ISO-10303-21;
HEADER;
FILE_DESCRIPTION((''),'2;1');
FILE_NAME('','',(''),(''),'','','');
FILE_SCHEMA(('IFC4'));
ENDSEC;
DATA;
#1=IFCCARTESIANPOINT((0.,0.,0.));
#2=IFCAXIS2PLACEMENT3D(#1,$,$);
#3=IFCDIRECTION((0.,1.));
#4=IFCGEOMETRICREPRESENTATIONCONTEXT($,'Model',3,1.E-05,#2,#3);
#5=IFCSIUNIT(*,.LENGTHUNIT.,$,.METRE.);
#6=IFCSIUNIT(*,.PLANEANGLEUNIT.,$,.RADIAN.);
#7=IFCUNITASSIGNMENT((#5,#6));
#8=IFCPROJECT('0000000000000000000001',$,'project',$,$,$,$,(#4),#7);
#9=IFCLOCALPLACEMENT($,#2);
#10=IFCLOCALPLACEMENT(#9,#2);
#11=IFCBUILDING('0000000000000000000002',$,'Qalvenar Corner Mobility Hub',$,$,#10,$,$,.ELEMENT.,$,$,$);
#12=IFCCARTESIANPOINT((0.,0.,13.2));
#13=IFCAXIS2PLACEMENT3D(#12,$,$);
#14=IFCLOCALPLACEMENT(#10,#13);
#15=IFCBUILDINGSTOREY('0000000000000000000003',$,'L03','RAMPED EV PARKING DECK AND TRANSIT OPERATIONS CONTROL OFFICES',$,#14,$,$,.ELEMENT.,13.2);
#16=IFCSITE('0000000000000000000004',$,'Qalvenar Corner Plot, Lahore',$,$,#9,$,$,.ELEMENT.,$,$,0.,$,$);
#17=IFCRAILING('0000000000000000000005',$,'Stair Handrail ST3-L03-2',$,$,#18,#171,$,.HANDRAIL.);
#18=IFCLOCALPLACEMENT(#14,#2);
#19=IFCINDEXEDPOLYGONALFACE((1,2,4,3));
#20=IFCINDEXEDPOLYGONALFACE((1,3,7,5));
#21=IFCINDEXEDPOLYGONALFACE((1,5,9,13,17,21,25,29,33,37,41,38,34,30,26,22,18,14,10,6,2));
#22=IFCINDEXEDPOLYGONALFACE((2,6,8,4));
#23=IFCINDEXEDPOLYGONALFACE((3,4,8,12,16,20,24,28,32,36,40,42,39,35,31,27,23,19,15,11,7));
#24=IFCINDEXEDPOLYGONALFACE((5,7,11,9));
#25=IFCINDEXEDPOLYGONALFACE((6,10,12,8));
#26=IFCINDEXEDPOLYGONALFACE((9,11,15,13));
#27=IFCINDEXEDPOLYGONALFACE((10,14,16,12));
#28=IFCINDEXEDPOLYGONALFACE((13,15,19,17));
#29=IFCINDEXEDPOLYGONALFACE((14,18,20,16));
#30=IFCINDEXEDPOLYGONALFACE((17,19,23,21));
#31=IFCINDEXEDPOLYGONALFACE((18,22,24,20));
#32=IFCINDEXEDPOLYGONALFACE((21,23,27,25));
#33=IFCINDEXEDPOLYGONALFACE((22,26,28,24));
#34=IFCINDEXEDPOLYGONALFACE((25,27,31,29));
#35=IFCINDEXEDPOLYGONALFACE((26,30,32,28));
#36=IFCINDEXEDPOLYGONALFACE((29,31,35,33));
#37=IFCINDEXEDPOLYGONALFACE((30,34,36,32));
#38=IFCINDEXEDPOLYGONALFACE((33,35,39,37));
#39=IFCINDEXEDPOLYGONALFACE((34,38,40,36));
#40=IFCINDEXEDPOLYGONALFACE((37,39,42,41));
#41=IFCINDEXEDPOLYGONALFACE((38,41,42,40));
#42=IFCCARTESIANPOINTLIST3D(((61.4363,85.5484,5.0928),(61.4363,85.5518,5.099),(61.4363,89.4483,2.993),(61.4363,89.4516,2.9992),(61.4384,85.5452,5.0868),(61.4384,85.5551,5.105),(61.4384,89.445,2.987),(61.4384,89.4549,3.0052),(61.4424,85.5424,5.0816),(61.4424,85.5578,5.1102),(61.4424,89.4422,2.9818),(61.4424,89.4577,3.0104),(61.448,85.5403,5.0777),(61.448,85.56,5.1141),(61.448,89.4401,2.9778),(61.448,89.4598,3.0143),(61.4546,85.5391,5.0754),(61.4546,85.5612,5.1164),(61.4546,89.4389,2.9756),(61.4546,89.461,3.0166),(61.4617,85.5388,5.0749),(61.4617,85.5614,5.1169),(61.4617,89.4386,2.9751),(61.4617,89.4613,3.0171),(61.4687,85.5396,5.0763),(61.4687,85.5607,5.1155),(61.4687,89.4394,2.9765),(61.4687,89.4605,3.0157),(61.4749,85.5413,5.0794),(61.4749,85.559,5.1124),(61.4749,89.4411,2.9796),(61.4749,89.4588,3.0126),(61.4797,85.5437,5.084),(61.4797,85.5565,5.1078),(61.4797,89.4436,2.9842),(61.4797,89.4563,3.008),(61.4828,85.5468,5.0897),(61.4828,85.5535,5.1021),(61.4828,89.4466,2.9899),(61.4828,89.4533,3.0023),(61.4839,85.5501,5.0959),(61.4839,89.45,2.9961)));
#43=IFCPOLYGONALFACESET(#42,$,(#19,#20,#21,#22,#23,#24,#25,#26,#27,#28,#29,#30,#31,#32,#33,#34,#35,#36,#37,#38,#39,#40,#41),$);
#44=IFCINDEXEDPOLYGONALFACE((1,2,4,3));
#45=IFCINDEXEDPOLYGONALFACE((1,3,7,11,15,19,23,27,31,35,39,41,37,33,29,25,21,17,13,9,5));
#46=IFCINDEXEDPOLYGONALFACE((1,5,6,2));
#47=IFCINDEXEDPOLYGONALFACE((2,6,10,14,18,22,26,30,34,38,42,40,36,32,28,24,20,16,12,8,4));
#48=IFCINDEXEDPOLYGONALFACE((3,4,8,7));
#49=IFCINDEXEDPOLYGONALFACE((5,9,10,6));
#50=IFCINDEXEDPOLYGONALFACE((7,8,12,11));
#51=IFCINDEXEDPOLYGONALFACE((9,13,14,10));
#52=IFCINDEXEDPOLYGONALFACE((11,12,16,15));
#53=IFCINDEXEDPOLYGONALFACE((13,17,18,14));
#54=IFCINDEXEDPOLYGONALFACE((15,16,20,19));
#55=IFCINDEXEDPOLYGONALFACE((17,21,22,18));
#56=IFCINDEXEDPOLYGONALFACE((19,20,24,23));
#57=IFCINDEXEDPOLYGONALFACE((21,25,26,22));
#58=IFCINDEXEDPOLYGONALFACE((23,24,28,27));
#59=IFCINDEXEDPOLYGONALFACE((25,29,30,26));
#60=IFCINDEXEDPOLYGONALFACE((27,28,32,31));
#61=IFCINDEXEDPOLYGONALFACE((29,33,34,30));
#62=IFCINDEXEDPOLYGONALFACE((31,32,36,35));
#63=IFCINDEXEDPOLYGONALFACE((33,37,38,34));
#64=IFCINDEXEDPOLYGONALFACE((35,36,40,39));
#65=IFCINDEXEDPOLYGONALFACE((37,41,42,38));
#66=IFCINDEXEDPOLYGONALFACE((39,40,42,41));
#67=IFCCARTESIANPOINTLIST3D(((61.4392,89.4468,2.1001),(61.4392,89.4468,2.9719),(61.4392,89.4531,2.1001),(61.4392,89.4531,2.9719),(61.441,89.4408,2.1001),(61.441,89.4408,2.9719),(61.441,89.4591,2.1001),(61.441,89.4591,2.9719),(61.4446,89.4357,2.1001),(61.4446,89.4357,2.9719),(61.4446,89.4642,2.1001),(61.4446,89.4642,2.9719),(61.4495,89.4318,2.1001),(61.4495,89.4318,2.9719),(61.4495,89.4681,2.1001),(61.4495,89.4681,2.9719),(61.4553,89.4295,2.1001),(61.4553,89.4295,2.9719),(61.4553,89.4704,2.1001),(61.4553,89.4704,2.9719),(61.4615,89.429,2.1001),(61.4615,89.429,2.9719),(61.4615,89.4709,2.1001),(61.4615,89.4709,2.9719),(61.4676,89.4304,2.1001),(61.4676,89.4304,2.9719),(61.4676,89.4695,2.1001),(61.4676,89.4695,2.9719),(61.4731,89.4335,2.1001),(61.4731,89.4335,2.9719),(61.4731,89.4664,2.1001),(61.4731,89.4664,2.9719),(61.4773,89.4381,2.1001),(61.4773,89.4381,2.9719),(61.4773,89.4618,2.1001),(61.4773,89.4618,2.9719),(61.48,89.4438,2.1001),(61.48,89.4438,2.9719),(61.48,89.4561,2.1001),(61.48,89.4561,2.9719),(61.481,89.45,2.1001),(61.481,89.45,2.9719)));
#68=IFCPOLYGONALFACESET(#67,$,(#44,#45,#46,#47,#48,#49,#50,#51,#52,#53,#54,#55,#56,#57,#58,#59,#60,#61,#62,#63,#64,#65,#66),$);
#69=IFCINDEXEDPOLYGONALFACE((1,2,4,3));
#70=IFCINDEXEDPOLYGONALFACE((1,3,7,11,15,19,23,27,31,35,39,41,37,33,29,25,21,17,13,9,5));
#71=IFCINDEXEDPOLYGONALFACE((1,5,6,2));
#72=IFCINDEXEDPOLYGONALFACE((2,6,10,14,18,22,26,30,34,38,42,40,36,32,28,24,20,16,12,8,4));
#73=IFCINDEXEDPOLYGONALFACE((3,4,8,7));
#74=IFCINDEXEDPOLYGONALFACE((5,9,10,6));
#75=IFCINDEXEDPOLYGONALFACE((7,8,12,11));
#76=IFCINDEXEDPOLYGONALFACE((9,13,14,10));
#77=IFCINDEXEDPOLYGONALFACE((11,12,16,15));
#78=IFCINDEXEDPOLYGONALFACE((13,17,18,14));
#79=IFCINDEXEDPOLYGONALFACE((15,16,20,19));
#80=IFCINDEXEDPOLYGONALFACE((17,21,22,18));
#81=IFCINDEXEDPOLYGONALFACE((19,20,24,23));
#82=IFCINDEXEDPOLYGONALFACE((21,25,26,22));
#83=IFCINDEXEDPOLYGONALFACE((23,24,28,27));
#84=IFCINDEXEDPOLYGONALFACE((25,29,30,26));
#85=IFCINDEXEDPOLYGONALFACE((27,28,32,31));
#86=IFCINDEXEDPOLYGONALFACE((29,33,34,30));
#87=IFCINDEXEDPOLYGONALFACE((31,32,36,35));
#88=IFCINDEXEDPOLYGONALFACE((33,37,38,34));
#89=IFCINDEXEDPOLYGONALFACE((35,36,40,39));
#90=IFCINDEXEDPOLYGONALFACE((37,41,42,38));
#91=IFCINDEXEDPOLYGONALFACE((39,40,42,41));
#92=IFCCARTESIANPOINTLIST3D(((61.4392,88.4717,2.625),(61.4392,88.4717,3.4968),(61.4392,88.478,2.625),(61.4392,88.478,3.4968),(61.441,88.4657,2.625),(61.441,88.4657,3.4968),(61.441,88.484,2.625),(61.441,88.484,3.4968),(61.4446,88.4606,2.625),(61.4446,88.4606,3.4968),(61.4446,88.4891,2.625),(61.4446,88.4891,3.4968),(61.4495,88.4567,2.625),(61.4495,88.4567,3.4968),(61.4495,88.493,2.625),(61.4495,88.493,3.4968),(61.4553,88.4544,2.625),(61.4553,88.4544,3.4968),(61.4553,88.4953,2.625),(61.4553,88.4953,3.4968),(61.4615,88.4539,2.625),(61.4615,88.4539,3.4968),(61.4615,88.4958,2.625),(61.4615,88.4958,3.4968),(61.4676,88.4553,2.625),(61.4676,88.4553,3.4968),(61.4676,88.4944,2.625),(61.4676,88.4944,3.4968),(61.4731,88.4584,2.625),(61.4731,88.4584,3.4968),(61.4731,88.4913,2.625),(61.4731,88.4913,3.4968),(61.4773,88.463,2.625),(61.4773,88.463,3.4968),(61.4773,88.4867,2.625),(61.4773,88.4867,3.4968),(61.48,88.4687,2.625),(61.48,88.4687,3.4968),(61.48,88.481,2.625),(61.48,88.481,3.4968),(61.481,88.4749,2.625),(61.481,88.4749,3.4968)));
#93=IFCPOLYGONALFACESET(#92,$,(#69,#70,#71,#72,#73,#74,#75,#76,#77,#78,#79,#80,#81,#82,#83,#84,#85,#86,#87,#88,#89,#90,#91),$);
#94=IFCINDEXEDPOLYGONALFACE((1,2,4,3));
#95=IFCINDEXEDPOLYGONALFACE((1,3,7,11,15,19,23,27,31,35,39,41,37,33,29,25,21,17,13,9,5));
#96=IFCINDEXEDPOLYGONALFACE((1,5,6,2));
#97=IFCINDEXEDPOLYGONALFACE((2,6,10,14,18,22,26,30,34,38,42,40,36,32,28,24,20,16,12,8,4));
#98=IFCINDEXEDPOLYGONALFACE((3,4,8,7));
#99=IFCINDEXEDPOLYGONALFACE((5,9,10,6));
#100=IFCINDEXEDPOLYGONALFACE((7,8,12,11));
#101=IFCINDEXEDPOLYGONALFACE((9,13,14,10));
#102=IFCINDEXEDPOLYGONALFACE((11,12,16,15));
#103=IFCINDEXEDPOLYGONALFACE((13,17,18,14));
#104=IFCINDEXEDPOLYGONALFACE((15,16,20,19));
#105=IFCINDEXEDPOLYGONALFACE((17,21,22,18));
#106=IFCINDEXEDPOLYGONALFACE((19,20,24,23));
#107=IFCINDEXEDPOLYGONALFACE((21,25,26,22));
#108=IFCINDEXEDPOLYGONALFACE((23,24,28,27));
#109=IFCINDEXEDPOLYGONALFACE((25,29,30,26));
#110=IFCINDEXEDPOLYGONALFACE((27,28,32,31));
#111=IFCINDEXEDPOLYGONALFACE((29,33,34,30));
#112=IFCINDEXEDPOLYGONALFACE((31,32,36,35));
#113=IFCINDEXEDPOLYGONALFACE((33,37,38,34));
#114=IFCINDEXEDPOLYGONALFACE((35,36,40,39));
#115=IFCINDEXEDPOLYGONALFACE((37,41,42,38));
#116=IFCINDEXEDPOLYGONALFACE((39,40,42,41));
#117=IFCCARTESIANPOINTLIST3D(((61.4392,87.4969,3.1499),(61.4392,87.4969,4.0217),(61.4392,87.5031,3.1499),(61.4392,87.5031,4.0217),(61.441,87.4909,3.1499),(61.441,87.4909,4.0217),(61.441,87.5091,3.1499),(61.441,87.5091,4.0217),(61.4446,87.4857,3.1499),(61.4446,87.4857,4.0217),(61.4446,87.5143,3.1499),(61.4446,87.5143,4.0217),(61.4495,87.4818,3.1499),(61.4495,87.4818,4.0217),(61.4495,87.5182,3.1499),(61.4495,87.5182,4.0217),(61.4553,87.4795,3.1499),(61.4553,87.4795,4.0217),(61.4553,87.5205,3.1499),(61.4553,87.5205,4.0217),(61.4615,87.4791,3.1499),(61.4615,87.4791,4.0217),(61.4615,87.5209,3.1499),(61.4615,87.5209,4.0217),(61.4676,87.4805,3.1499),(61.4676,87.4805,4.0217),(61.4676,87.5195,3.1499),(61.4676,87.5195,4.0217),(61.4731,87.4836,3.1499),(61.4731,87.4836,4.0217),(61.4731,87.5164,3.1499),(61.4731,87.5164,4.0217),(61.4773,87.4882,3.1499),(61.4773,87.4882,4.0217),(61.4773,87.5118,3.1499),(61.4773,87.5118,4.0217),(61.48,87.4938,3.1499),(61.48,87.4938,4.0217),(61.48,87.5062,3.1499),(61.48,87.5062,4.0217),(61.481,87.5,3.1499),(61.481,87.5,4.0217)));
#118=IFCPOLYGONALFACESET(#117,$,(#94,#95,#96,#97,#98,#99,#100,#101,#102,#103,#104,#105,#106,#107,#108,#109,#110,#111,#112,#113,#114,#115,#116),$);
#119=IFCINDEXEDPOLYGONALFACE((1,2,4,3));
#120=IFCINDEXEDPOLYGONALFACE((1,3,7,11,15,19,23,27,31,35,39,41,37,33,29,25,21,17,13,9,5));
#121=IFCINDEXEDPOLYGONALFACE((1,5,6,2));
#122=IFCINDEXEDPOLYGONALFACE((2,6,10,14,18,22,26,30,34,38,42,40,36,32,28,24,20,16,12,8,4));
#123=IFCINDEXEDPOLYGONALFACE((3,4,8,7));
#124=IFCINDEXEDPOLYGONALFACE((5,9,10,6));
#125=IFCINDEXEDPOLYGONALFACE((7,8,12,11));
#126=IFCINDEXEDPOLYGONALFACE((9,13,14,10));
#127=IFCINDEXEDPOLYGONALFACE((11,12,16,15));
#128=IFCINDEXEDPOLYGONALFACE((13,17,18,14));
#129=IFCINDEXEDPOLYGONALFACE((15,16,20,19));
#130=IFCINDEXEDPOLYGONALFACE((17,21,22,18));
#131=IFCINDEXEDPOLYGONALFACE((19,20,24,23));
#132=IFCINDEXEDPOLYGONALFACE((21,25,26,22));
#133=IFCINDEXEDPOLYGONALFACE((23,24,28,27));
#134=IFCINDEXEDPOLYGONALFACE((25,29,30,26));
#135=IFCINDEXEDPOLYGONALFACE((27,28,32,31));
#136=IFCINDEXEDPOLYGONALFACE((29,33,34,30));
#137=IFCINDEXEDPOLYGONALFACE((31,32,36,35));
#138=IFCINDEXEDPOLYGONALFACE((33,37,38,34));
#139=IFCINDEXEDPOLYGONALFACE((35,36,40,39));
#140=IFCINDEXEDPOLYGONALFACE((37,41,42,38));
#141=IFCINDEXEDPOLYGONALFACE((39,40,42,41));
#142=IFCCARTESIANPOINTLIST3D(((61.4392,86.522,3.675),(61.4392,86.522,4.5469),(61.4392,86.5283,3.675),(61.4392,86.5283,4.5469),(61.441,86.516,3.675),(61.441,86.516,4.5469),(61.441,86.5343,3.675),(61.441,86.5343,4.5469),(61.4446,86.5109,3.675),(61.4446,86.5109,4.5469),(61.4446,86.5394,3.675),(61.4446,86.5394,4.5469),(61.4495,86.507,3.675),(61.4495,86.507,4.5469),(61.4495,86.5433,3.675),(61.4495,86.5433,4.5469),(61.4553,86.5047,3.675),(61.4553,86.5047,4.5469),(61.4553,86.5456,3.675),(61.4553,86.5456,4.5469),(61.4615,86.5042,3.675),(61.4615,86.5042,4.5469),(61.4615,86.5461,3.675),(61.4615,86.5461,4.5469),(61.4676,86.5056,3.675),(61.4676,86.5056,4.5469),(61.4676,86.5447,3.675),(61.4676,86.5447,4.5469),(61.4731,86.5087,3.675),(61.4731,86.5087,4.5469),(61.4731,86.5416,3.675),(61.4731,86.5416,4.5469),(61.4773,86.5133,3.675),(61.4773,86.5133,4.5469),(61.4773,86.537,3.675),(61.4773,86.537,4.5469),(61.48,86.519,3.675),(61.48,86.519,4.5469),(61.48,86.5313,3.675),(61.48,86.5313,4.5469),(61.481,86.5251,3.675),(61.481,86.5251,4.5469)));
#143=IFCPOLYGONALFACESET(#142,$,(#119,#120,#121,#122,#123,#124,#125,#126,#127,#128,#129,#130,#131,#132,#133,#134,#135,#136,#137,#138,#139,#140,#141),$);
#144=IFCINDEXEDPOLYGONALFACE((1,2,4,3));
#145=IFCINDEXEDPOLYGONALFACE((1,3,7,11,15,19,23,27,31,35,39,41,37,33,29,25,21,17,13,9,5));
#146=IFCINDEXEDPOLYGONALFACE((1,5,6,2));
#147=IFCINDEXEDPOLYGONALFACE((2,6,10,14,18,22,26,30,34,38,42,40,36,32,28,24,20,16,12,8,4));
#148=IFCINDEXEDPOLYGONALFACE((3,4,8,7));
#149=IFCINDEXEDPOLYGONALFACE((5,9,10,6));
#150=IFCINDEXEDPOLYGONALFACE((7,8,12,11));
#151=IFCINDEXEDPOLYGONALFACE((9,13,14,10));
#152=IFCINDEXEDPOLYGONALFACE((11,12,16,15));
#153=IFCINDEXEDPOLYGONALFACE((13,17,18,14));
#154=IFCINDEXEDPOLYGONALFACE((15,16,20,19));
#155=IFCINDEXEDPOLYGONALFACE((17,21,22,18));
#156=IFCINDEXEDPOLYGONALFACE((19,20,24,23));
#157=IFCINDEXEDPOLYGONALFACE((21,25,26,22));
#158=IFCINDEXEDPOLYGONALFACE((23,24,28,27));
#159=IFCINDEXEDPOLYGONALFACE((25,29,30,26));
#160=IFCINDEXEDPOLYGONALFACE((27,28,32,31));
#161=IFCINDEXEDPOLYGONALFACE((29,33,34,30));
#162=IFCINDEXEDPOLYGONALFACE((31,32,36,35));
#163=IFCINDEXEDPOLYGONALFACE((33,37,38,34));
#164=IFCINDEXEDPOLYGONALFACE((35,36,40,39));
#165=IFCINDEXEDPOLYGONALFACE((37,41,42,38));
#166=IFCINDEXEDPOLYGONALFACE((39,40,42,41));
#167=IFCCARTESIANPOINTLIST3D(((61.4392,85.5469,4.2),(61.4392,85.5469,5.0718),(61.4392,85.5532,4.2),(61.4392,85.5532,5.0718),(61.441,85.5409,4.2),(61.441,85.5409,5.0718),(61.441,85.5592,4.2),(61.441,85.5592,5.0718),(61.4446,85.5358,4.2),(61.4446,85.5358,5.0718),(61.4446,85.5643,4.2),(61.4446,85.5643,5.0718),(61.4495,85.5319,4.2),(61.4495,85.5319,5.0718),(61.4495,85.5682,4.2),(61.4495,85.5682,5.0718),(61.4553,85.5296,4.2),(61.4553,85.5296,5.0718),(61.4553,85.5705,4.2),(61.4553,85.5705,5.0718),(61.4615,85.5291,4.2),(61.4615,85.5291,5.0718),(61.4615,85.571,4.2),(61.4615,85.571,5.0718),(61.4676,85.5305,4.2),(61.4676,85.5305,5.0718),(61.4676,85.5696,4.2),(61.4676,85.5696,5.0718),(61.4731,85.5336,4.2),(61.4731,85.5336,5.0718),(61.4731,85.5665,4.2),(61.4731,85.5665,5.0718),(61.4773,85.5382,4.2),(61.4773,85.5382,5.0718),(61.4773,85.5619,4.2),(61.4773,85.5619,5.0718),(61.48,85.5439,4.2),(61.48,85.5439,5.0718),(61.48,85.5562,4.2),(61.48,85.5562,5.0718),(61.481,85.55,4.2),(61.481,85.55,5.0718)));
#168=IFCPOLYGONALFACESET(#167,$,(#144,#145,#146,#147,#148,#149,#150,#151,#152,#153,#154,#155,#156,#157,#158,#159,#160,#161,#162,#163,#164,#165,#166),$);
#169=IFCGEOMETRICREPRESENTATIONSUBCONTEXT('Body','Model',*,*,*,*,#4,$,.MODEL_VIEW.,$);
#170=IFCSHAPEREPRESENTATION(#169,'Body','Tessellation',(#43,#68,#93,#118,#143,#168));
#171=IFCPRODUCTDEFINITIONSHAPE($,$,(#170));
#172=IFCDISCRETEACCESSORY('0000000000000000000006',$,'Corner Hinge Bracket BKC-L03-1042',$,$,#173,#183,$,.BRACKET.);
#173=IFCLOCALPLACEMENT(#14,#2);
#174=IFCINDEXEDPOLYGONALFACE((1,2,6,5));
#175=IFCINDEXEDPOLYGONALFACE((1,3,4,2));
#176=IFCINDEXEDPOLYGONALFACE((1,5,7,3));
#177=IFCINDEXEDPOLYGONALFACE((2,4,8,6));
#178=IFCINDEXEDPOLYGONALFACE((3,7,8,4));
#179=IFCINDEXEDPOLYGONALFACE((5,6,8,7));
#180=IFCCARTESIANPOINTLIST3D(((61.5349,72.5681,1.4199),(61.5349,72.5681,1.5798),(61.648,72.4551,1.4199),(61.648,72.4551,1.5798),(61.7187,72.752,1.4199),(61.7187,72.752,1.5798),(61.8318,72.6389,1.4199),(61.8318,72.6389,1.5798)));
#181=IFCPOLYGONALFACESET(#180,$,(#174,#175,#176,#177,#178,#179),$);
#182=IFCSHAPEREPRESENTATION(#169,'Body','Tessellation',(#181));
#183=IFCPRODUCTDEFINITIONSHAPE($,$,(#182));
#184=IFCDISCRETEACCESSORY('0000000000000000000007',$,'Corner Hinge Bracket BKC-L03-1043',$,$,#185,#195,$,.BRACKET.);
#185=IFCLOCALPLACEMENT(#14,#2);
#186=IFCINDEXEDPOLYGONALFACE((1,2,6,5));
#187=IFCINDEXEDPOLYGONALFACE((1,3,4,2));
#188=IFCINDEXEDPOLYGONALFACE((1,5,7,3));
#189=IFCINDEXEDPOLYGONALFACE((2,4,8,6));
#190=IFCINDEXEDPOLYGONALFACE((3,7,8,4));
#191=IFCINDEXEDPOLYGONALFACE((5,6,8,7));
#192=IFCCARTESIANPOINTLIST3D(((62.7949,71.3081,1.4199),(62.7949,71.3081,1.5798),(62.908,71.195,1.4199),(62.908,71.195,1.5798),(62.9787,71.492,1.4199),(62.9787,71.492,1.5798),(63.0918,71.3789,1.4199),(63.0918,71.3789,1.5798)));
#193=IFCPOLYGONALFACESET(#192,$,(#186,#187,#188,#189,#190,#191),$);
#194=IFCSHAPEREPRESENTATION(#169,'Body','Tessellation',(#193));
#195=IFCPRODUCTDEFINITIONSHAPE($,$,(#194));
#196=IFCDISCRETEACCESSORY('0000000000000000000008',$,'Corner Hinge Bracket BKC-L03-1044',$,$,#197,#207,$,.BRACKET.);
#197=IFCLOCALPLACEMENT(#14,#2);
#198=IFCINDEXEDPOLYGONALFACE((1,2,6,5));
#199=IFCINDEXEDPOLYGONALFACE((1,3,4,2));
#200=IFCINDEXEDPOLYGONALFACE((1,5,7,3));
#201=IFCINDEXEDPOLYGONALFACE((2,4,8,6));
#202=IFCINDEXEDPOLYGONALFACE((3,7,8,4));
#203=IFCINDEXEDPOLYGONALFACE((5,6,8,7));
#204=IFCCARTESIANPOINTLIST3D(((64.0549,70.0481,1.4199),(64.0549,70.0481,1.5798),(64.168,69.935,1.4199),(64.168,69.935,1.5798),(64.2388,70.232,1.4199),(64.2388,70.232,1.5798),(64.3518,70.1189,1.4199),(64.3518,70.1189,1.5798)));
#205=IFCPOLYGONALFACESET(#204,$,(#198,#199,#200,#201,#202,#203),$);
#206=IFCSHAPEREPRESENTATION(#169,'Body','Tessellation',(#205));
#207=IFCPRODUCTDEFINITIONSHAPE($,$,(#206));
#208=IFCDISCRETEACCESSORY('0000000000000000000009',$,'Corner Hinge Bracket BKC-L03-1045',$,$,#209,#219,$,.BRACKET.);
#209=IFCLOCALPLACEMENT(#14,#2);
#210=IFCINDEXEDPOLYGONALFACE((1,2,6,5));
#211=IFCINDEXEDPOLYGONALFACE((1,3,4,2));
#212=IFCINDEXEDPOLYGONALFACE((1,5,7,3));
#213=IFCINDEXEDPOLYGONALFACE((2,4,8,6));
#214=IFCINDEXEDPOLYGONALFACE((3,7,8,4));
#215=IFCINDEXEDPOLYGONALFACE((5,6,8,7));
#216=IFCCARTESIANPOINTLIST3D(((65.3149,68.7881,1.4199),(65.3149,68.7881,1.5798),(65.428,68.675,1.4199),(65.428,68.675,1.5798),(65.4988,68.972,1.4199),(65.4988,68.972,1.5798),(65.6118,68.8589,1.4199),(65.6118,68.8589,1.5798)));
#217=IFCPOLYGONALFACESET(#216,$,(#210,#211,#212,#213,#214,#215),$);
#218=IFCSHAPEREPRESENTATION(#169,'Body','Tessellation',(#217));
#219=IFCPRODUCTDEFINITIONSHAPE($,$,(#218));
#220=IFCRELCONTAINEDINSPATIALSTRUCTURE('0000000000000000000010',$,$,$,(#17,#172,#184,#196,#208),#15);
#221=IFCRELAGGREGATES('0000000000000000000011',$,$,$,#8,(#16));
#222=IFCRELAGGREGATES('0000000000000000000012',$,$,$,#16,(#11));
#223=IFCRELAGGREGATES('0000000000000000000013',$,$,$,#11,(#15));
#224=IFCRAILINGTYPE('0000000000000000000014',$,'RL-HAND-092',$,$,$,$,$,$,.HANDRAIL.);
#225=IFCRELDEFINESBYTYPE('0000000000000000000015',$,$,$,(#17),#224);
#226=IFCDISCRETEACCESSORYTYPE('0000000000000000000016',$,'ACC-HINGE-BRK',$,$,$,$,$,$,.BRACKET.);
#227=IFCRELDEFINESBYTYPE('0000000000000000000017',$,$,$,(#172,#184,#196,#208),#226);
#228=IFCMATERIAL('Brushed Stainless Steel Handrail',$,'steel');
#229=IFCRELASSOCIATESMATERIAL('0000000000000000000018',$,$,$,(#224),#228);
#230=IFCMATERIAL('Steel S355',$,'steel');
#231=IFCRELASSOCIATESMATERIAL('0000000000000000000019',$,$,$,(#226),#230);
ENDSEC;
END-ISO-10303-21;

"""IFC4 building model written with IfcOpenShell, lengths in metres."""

from ifc_helpers import new_model, si_unit, direction, frame, origin, origin_2d, place, context, subcontext, project, spatial, rectangle, circle, extrude, material, type_object, element, save


model = new_model("IFC4")

# Units and contexts
model_context = context("Model", 3, precision=1e-05, world=origin(), true_north=direction((0.0, 1.0)))
body_context = subcontext(model_context, "Body", "Model", "MODEL_VIEW")
ifc_project = project(units=[si_unit("LENGTHUNIT", "METRE"), si_unit("PLANEANGLEUNIT", "RADIAN")], contexts=[model_context])

# Site, building, storey
site_placement = place(None, origin())
site = spatial("IfcSite", under=ifc_project, at=site_placement, Name="Qalvenar Corner Plot, Lahore", CompositionType="ELEMENT", RefElevation=0.0)
building_placement = place(site_placement, origin())
building = spatial("IfcBuilding", under=site, at=building_placement, Name="Qalvenar Corner Mobility Hub", CompositionType="ELEMENT")
storey_placement = place(building_placement, frame((0.0, 0.0, 13.2)))
storey = spatial("IfcBuildingStorey", under=building, at=storey_placement, Name="L03", Description="RAMPED EV PARKING DECK AND TRANSIT OPERATIONS CONTROL OFFICES", CompositionType="ELEMENT", Elevation=13.2)

# Shared definitions
ifc_material_1 = material(Name="Steel S355", Category="steel")

# Railing
ifc_material_2 = material(Name="Brushed Stainless Steel Handrail", Category="steel")
railing_type_1 = type_object("IfcRailingType", Name="RL-HAND-092", PredefinedType="HANDRAIL", material=ifc_material_2)
railing_1_placement = place(storey_placement, frame((61.46, 89.45, 2.1001)))
element("IfcRailing", 1, at=railing_1_placement, inside=storey, type_object=railing_type_1, Name="Stair Handrail ST3-L03-2", PredefinedType="HANDRAIL", context=body_context, shape_type="SweptSolid", body=[
    extrude(circle(Radius=0.0239, at=origin_2d()), frame((0.0, 0.0, 0.896), z_axis=(0.0, -0.88048, 0.474083), x_axis=(1.0, 0.0, 0.0)), (0.0, 0.0, 1.0), 4.4292),
    extrude(circle(Radius=0.021, at=origin_2d()), origin(), (0.0, 0.0, 1.0), 0.8718),
    extrude(circle(Radius=0.021, at=origin_2d()), frame((0.0, -0.9751, 0.5249)), (0.0, 0.0, 1.0), 0.8718),
    extrude(circle(Radius=0.021, at=origin_2d()), frame((0.0, -1.95, 1.0498)), (0.0, 0.0, 1.0), 0.8718),
    extrude(circle(Radius=0.021, at=origin_2d()), frame((0.0, -2.9248, 1.575)), (0.0, 0.0, 1.0), 0.8718),
    extrude(circle(Radius=0.021, at=origin_2d()), frame((0.0, -3.8999, 2.0999)), (0.0, 0.0, 1.0), 0.8718),
])

# Discrete accessories
discrete_accessory_type = type_object("IfcDiscreteAccessoryType", Name="ACC-HINGE-BRK", PredefinedType="BRACKET", material=ifc_material_1)
for number, where, z_axis, x_axis, name in (
    (2, (61.6833, 72.6035, 1.4199), (0.0, 0.0, 1.0), (0.707107, -0.707107, 0.0), "Corner Hinge Bracket BKC-L03-1042"),
    (3, (62.9434, 71.3435, 1.4199), (0.0, 0.0, 1.0), (0.707107, -0.707107, 0.0), "Corner Hinge Bracket BKC-L03-1043"),
    (4, (64.2034, 70.0835, 1.4199), (0.0, 0.0, 1.0), (0.707107, -0.707107, 0.0), "Corner Hinge Bracket BKC-L03-1044"),
    (5, (65.4634, 68.8235, 1.4199), (0.0, 0.0, 1.0), (0.707107, -0.707107, 0.0), "Corner Hinge Bracket BKC-L03-1045"),
):
    element("IfcDiscreteAccessory", number, at=place(storey_placement, frame(where, z_axis=z_axis, x_axis=x_axis)), inside=storey, type_object=discrete_accessory_type, Name=name, PredefinedType="BRACKET", context=body_context, shape_type="SweptSolid", body=[
        extrude(rectangle(XDim=0.1599, YDim=0.26, at=origin_2d()), origin(), (0.0, 0.0, 1.0), 0.1599),
    ])

save(model, "model.ifc")
